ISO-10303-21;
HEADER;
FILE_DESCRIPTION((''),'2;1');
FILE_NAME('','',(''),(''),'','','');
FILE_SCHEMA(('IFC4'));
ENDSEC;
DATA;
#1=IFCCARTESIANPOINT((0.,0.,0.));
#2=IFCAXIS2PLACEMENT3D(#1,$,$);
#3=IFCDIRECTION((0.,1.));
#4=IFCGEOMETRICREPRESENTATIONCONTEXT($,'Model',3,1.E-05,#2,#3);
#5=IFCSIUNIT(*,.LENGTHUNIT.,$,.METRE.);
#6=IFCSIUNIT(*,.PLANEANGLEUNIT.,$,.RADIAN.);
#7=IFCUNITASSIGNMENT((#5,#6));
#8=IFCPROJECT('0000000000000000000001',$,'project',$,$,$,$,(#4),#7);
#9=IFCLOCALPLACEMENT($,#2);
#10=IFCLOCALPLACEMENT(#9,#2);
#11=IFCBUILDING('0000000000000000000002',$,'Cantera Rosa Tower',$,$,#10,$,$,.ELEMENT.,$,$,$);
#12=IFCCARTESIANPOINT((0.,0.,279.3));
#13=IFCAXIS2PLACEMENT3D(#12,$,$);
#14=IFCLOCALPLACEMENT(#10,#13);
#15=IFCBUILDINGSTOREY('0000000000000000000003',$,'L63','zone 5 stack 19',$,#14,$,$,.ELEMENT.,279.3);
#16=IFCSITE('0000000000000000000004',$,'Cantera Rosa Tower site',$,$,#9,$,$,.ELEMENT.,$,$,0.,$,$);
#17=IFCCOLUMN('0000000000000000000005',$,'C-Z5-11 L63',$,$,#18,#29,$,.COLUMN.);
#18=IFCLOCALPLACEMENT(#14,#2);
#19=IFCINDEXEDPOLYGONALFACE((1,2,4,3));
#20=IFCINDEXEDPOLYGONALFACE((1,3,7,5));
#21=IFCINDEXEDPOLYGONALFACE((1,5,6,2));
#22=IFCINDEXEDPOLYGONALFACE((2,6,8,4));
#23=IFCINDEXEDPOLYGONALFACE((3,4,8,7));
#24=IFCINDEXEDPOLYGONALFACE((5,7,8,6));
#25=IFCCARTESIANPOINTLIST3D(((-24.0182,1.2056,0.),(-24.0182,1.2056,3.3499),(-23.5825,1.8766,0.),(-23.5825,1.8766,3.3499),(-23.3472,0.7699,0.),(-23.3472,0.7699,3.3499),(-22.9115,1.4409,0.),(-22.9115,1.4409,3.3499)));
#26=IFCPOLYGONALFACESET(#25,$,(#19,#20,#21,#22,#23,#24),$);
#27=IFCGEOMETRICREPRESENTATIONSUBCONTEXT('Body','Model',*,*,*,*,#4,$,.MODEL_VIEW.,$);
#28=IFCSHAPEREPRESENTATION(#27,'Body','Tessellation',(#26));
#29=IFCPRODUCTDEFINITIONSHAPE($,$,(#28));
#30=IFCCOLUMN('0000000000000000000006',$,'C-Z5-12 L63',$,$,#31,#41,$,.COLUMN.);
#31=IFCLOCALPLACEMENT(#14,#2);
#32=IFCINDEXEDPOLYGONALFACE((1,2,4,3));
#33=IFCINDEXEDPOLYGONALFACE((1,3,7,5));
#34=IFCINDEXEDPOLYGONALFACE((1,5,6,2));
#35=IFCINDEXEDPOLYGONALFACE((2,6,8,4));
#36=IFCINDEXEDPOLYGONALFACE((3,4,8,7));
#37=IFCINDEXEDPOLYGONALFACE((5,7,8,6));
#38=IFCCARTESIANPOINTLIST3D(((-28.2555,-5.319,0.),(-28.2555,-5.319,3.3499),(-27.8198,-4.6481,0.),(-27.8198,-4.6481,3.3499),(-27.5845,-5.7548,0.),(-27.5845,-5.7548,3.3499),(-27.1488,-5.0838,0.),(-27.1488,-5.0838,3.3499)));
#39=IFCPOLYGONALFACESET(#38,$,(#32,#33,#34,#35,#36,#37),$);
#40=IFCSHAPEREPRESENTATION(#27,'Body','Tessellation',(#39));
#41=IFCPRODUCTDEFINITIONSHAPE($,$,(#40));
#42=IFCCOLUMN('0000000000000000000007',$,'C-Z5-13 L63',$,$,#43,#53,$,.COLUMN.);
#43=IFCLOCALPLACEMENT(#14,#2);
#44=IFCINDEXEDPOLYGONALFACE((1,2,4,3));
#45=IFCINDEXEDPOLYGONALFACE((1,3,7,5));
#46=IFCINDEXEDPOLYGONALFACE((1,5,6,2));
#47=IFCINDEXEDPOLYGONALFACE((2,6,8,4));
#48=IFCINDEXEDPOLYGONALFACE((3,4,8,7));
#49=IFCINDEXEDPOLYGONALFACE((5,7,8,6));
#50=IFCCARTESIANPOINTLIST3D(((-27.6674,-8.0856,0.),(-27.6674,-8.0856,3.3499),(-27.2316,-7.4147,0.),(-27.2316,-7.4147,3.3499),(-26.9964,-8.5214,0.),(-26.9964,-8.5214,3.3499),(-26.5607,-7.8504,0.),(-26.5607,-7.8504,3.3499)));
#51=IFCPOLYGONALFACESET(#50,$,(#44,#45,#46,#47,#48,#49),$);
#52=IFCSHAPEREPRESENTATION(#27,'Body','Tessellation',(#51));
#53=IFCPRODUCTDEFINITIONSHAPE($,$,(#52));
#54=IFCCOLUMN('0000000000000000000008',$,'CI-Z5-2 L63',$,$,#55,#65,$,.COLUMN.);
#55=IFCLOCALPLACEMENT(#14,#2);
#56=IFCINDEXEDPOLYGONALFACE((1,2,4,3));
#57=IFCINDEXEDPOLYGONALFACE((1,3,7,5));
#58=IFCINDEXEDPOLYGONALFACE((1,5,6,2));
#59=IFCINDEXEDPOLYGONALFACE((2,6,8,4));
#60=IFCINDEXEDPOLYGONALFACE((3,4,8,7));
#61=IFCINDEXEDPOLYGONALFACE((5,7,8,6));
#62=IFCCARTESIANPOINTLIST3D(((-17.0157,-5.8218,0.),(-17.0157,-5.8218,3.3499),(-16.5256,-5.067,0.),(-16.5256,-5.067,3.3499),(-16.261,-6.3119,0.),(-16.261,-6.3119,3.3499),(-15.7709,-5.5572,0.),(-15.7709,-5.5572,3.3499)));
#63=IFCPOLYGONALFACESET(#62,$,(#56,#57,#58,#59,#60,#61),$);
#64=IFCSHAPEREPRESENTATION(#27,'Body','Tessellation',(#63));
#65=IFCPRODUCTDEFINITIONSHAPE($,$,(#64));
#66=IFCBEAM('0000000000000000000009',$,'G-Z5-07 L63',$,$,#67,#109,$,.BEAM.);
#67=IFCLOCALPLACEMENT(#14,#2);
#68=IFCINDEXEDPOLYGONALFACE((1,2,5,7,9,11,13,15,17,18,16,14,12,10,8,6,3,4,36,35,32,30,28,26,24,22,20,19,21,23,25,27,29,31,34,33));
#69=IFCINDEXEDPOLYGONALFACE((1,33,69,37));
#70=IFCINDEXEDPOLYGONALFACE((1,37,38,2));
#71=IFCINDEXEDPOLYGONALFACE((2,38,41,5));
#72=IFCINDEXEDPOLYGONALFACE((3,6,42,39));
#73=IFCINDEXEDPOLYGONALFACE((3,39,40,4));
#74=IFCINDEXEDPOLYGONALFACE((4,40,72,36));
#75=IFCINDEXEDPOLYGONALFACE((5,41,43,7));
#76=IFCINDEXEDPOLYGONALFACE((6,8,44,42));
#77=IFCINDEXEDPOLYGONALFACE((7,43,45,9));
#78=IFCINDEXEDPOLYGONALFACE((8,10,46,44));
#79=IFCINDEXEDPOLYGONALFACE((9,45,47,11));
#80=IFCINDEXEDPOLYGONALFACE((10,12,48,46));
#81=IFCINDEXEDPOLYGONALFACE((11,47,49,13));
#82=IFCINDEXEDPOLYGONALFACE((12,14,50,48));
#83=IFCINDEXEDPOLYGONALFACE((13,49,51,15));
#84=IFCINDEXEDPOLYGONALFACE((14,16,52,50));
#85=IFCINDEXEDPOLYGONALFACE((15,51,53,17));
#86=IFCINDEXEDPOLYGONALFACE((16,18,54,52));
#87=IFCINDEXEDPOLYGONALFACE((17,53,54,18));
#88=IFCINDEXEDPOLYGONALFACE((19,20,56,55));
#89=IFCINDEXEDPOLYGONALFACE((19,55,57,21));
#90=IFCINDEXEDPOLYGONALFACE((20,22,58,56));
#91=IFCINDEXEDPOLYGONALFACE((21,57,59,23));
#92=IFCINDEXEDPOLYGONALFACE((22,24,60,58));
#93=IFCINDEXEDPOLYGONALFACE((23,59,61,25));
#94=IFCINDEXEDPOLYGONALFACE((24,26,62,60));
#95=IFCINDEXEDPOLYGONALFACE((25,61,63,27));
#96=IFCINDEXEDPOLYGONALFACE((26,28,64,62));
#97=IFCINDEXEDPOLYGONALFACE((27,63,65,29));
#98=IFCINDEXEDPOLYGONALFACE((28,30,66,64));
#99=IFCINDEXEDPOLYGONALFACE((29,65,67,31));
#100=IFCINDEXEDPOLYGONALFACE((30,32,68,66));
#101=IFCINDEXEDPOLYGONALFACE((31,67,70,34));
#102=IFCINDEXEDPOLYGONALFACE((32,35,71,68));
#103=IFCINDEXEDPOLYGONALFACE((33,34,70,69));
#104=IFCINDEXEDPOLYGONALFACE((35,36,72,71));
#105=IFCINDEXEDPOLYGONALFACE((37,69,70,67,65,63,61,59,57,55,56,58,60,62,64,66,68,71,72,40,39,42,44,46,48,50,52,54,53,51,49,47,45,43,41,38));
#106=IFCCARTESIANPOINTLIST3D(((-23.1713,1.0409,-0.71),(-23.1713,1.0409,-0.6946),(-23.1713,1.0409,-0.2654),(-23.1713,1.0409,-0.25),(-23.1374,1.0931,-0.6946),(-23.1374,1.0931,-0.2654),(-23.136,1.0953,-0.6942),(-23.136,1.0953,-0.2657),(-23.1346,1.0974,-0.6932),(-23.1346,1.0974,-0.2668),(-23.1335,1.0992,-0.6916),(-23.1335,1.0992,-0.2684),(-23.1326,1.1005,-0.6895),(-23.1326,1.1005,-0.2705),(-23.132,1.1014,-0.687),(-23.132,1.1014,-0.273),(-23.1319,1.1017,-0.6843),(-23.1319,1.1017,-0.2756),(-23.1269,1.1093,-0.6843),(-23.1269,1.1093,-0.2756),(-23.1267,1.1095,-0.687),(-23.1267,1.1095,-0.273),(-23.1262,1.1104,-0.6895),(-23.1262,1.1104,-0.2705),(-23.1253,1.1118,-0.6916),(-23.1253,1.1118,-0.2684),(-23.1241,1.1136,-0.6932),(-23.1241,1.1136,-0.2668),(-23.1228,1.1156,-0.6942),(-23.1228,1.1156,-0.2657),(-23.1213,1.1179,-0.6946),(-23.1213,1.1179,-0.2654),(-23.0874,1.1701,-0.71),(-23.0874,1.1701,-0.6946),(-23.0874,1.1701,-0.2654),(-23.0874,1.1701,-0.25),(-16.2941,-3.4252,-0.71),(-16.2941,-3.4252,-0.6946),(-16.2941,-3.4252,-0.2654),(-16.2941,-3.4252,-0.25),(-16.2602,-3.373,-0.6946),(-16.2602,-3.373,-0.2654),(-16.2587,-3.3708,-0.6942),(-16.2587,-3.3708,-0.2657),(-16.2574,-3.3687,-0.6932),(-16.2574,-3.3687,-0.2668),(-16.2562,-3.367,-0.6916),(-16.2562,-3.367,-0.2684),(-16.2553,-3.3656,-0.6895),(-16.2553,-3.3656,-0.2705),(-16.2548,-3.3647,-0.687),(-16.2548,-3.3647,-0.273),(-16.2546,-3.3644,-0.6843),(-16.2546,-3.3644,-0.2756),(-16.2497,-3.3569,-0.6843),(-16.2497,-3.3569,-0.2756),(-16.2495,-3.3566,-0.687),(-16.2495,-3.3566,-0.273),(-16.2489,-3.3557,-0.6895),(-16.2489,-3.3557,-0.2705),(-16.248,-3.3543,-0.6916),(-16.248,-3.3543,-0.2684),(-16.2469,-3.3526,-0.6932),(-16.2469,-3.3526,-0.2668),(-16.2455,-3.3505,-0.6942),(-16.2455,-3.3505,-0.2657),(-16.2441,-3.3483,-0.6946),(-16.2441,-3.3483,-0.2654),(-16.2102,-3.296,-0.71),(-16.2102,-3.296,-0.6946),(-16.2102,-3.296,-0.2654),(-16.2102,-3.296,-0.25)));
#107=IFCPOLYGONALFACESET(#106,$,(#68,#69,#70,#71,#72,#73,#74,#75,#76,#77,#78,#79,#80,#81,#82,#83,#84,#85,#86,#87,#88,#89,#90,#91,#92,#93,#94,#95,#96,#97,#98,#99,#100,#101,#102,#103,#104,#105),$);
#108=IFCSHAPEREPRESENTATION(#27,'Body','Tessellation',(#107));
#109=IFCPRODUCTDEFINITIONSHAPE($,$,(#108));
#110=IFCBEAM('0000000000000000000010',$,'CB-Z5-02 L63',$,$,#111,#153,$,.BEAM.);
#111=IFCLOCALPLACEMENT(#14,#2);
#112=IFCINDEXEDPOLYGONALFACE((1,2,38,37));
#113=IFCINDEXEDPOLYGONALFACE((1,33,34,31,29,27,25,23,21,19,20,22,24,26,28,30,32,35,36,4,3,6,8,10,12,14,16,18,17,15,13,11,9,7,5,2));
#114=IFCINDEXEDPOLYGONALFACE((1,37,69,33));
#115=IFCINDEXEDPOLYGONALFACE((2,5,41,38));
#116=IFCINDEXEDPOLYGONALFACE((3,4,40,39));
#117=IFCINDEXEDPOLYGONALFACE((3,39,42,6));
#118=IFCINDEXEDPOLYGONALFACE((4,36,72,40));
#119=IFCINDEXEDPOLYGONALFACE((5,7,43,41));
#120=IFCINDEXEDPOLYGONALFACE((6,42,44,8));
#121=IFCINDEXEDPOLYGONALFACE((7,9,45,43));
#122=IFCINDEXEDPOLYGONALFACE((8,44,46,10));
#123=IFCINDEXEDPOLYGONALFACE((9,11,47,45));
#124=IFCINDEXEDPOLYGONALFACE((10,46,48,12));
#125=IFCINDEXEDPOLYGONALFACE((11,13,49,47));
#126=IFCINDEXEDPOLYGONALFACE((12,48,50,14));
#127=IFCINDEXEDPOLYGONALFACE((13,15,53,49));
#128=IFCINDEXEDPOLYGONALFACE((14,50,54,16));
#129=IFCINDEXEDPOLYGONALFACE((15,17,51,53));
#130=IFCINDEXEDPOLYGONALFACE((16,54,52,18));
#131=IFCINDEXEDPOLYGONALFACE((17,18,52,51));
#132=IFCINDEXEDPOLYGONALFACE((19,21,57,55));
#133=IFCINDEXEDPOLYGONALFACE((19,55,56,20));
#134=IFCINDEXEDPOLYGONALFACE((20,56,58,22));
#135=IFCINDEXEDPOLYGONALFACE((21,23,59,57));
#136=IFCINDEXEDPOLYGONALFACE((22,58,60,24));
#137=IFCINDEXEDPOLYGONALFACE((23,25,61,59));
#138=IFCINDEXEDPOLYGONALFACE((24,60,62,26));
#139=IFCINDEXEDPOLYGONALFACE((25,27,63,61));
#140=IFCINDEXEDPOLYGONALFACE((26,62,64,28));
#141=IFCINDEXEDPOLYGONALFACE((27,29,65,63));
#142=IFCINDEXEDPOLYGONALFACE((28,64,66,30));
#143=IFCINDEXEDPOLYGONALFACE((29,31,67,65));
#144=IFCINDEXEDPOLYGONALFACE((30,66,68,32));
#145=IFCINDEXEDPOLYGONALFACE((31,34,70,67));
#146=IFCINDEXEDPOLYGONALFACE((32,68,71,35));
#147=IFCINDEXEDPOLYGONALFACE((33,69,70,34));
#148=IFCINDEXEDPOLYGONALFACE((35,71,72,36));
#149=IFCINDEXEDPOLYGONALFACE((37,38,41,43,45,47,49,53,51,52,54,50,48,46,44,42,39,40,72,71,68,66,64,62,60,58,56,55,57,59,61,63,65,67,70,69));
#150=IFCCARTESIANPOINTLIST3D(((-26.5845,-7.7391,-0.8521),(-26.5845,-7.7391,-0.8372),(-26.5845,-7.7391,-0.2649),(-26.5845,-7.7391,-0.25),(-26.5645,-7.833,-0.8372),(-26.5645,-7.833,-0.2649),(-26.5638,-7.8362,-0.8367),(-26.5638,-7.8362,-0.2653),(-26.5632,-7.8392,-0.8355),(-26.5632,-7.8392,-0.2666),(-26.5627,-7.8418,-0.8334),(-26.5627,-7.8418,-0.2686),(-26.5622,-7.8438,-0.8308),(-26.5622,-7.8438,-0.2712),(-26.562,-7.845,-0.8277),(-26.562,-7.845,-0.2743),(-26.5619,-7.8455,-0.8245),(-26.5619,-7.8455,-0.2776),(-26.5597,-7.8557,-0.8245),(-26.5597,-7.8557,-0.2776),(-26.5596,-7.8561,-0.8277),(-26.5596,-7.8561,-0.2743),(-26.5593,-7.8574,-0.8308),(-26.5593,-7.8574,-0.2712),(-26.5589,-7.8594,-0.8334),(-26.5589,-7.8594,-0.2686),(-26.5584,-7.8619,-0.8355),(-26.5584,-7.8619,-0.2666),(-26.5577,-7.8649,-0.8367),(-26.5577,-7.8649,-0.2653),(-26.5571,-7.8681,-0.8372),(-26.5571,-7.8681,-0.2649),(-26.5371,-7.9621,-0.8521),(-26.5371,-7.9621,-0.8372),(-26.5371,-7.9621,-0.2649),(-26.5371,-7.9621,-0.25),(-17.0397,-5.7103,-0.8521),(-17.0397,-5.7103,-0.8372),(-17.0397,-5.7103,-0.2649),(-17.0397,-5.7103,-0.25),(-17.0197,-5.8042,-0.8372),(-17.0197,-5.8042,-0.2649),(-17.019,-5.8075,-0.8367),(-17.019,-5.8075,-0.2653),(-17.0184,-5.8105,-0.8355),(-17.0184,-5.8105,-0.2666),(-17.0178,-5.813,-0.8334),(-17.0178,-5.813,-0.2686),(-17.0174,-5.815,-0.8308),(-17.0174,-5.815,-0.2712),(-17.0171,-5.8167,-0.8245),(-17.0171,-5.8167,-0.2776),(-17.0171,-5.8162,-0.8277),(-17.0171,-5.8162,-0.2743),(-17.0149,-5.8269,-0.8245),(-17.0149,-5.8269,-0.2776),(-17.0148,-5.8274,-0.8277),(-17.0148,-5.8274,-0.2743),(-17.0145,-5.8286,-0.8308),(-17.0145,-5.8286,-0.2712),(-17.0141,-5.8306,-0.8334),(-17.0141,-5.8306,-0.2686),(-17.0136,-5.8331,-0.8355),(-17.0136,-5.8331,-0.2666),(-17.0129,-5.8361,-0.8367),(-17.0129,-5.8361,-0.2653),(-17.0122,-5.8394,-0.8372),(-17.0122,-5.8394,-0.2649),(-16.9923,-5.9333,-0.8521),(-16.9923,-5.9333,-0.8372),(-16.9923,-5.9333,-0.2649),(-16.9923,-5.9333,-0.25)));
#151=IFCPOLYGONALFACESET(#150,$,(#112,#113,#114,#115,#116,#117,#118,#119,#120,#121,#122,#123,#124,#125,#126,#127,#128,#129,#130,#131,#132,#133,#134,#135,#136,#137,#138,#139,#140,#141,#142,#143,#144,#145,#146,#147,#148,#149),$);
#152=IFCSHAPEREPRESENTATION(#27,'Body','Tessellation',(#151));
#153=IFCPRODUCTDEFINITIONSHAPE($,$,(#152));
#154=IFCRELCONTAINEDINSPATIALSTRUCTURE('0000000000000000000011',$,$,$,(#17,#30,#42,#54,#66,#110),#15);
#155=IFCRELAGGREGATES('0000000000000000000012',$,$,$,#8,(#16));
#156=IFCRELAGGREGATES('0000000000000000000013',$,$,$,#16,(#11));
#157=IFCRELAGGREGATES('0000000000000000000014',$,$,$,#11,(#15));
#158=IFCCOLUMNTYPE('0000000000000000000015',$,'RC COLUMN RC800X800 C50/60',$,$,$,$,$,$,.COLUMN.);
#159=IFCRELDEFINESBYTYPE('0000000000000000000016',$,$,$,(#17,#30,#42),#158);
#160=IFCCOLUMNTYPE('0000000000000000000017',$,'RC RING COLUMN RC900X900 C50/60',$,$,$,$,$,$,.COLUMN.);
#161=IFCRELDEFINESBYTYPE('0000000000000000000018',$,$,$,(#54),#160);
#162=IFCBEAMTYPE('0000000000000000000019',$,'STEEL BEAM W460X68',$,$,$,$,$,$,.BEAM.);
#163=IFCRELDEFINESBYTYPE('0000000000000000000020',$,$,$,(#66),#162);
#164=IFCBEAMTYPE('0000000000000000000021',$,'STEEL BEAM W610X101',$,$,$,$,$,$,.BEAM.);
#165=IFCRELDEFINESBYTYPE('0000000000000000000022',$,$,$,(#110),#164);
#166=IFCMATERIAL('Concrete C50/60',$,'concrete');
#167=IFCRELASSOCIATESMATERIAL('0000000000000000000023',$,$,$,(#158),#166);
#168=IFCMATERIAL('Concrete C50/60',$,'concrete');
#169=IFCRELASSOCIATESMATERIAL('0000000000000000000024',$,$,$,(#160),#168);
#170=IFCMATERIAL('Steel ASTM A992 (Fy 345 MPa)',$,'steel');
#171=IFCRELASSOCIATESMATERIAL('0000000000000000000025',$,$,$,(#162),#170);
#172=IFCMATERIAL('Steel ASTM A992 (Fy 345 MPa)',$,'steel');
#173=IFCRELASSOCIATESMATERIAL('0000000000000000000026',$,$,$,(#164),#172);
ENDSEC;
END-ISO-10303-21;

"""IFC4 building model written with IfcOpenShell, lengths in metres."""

from ifc_helpers import new_model, si_unit, direction, frame, origin, origin_2d, place, context, subcontext, project, spatial, rectangle, i_section, extrude, material, material_profile, profile_set, type_object, element, save


model = new_model("IFC4")

# Units and contexts
model_context = context("Model", 3, precision=1e-05, world=origin(), true_north=direction((0.0, 1.0)))
body_context = subcontext(model_context, "Body", "Model", "MODEL_VIEW")
ifc_project = project(units=[si_unit("LENGTHUNIT", "METRE"), si_unit("PLANEANGLEUNIT", "RADIAN")], contexts=[model_context])

# Site, building, storey
site_placement = place(None, origin())
site = spatial("IfcSite", under=ifc_project, at=site_placement, Name="Cantera Rosa Tower site", CompositionType="ELEMENT", RefElevation=0.0)
building_placement = place(site_placement, origin())
building = spatial("IfcBuilding", under=site, at=building_placement, Name="Cantera Rosa Tower", CompositionType="ELEMENT")
storey_placement = place(building_placement, frame((0.0, 0.0, 279.3)))
storey = spatial("IfcBuildingStorey", under=building, at=storey_placement, Name="L63", Description="zone 5 stack 19", CompositionType="ELEMENT", Elevation=279.3)

# Columns
ifc_material_1 = material(Name="Concrete C50/60", Category="concrete")
ifc_material_profile_1 = material_profile(ifc_material_1, rectangle(XDim=0.8, YDim=0.8, at=origin_2d()), Name="RC COLUMN RC800X800 C50/60")
ifc_profile_set_1 = profile_set([ifc_material_profile_1], Name="Concrete C50/60")
column_type_1 = type_object("IfcColumnType", Name="RC COLUMN RC800X800 C50/60", PredefinedType="COLUMN", material=ifc_profile_set_1)
for number, where, z_axis, x_axis, name in (
    (1, (-23.4648, 1.3232, 0.0), (0.0, 0.0, 1.0), (0.544639, 0.838671, 0.0), "C-Z5-11 L63"),
    (2, (-27.7021, -5.2014, 0.0), (0.0, 0.0, 1.0), (0.544639, 0.838671, 0.0), "C-Z5-12 L63"),
    (3, (-27.114, -7.968, 0.0), (0.0, 0.0, 1.0), (0.544639, 0.838671, 0.0), "C-Z5-13 L63"),
):
    element("IfcColumn", number, at=place(storey_placement, frame(where, z_axis=z_axis, x_axis=x_axis)), inside=storey, type_object=column_type_1, Name=name, PredefinedType="COLUMN", context=body_context, shape_type="SweptSolid", body=[
        extrude(rectangle(XDim=0.8, YDim=0.8, at=origin_2d()), origin(), (0.0, 0.0, 1.0), 3.3499),
    ])
ifc_material_2 = material(Name="Concrete C50/60", Category="concrete")
ifc_material_profile_2 = material_profile(ifc_material_2, rectangle(XDim=0.8999, YDim=0.8999, at=origin_2d()), Name="RC RING COLUMN RC900X900 C50/60")
ifc_profile_set_2 = profile_set([ifc_material_profile_2], Name="Concrete C50/60")
column_type_2 = type_object("IfcColumnType", Name="RC RING COLUMN RC900X900 C50/60", PredefinedType="COLUMN", material=ifc_profile_set_2)
column_placement = place(storey_placement, frame((-16.3933, -5.6895, 0.0), z_axis=(0.0, 0.0, 1.0), x_axis=(0.544639, 0.838671, 0.0)))
element("IfcColumn", 4, at=column_placement, inside=storey, type_object=column_type_2, Name="CI-Z5-2 L63", PredefinedType="COLUMN", context=body_context, shape_type="SweptSolid", body=[
    extrude(rectangle(XDim=0.8999, YDim=0.8999, at=origin_2d()), origin(), (0.0, 0.0, 1.0), 3.3499),
])

# Beams
ifc_material_3 = material(Name="Steel ASTM A992 (Fy 345 MPa)", Category="steel")
ifc_material_profile_3 = material_profile(ifc_material_3, i_section(OverallWidth=0.1541, OverallDepth=0.46, WebThickness=0.009, FlangeThickness=0.0154, FilletRadius=0.0103, at=origin_2d()), Name="W460X68")
ifc_profile_set_3 = profile_set([ifc_material_profile_3], Name="Steel ASTM A992 (Fy 345 MPa)")
beam_type_1 = type_object("IfcBeamType", Name="STEEL BEAM W460X68", PredefinedType="BEAM", material=ifc_profile_set_3)
beam_1_placement = place(storey_placement, frame((-23.1294, 1.1055, -0.48), z_axis=(0.838673, -0.544636, 0.0), x_axis=(0.544636, 0.838673, 0.0)))
element("IfcBeam", 5, at=beam_1_placement, inside=storey, type_object=beam_type_1, Name="G-Z5-07 L63", PredefinedType="BEAM", context=body_context, shape_type="SweptSolid", body=[
    extrude(i_section(OverallWidth=0.1541, OverallDepth=0.46, WebThickness=0.009, FlangeThickness=0.0154, FilletRadius=0.0103, at=origin_2d()), origin(), (0.0, 0.0, 1.0), 8.2002),
])
ifc_material_4 = material(Name="Steel ASTM A992 (Fy 345 MPa)", Category="steel")
ifc_material_profile_4 = material_profile(ifc_material_4, i_section(OverallWidth=0.228, OverallDepth=0.6021, WebThickness=0.0105, FlangeThickness=0.0149, FilletRadius=0.0127, at=origin_2d()), Name="W610X101")
ifc_profile_set_4 = profile_set([ifc_material_profile_4], Name="Steel ASTM A992 (Fy 345 MPa)")
beam_type_2 = type_object("IfcBeamType", Name="STEEL BEAM W610X101", PredefinedType="BEAM", material=ifc_profile_set_4)
beam_2_placement = place(storey_placement, frame((-26.5608, -7.8506, -0.551), z_axis=(0.978148, 0.207909, 0.0), x_axis=(-0.207909, 0.978148, 0.0)))
element("IfcBeam", 6, at=beam_2_placement, inside=storey, type_object=beam_type_2, Name="CB-Z5-02 L63", PredefinedType="BEAM", context=body_context, shape_type="SweptSolid", body=[
    extrude(i_section(OverallWidth=0.228, OverallDepth=0.6021, WebThickness=0.0105, FlangeThickness=0.0149, FilletRadius=0.0127, at=origin_2d()), origin(), (0.0, 0.0, 1.0), 9.7581),
])

save(model, "model.ifc")
